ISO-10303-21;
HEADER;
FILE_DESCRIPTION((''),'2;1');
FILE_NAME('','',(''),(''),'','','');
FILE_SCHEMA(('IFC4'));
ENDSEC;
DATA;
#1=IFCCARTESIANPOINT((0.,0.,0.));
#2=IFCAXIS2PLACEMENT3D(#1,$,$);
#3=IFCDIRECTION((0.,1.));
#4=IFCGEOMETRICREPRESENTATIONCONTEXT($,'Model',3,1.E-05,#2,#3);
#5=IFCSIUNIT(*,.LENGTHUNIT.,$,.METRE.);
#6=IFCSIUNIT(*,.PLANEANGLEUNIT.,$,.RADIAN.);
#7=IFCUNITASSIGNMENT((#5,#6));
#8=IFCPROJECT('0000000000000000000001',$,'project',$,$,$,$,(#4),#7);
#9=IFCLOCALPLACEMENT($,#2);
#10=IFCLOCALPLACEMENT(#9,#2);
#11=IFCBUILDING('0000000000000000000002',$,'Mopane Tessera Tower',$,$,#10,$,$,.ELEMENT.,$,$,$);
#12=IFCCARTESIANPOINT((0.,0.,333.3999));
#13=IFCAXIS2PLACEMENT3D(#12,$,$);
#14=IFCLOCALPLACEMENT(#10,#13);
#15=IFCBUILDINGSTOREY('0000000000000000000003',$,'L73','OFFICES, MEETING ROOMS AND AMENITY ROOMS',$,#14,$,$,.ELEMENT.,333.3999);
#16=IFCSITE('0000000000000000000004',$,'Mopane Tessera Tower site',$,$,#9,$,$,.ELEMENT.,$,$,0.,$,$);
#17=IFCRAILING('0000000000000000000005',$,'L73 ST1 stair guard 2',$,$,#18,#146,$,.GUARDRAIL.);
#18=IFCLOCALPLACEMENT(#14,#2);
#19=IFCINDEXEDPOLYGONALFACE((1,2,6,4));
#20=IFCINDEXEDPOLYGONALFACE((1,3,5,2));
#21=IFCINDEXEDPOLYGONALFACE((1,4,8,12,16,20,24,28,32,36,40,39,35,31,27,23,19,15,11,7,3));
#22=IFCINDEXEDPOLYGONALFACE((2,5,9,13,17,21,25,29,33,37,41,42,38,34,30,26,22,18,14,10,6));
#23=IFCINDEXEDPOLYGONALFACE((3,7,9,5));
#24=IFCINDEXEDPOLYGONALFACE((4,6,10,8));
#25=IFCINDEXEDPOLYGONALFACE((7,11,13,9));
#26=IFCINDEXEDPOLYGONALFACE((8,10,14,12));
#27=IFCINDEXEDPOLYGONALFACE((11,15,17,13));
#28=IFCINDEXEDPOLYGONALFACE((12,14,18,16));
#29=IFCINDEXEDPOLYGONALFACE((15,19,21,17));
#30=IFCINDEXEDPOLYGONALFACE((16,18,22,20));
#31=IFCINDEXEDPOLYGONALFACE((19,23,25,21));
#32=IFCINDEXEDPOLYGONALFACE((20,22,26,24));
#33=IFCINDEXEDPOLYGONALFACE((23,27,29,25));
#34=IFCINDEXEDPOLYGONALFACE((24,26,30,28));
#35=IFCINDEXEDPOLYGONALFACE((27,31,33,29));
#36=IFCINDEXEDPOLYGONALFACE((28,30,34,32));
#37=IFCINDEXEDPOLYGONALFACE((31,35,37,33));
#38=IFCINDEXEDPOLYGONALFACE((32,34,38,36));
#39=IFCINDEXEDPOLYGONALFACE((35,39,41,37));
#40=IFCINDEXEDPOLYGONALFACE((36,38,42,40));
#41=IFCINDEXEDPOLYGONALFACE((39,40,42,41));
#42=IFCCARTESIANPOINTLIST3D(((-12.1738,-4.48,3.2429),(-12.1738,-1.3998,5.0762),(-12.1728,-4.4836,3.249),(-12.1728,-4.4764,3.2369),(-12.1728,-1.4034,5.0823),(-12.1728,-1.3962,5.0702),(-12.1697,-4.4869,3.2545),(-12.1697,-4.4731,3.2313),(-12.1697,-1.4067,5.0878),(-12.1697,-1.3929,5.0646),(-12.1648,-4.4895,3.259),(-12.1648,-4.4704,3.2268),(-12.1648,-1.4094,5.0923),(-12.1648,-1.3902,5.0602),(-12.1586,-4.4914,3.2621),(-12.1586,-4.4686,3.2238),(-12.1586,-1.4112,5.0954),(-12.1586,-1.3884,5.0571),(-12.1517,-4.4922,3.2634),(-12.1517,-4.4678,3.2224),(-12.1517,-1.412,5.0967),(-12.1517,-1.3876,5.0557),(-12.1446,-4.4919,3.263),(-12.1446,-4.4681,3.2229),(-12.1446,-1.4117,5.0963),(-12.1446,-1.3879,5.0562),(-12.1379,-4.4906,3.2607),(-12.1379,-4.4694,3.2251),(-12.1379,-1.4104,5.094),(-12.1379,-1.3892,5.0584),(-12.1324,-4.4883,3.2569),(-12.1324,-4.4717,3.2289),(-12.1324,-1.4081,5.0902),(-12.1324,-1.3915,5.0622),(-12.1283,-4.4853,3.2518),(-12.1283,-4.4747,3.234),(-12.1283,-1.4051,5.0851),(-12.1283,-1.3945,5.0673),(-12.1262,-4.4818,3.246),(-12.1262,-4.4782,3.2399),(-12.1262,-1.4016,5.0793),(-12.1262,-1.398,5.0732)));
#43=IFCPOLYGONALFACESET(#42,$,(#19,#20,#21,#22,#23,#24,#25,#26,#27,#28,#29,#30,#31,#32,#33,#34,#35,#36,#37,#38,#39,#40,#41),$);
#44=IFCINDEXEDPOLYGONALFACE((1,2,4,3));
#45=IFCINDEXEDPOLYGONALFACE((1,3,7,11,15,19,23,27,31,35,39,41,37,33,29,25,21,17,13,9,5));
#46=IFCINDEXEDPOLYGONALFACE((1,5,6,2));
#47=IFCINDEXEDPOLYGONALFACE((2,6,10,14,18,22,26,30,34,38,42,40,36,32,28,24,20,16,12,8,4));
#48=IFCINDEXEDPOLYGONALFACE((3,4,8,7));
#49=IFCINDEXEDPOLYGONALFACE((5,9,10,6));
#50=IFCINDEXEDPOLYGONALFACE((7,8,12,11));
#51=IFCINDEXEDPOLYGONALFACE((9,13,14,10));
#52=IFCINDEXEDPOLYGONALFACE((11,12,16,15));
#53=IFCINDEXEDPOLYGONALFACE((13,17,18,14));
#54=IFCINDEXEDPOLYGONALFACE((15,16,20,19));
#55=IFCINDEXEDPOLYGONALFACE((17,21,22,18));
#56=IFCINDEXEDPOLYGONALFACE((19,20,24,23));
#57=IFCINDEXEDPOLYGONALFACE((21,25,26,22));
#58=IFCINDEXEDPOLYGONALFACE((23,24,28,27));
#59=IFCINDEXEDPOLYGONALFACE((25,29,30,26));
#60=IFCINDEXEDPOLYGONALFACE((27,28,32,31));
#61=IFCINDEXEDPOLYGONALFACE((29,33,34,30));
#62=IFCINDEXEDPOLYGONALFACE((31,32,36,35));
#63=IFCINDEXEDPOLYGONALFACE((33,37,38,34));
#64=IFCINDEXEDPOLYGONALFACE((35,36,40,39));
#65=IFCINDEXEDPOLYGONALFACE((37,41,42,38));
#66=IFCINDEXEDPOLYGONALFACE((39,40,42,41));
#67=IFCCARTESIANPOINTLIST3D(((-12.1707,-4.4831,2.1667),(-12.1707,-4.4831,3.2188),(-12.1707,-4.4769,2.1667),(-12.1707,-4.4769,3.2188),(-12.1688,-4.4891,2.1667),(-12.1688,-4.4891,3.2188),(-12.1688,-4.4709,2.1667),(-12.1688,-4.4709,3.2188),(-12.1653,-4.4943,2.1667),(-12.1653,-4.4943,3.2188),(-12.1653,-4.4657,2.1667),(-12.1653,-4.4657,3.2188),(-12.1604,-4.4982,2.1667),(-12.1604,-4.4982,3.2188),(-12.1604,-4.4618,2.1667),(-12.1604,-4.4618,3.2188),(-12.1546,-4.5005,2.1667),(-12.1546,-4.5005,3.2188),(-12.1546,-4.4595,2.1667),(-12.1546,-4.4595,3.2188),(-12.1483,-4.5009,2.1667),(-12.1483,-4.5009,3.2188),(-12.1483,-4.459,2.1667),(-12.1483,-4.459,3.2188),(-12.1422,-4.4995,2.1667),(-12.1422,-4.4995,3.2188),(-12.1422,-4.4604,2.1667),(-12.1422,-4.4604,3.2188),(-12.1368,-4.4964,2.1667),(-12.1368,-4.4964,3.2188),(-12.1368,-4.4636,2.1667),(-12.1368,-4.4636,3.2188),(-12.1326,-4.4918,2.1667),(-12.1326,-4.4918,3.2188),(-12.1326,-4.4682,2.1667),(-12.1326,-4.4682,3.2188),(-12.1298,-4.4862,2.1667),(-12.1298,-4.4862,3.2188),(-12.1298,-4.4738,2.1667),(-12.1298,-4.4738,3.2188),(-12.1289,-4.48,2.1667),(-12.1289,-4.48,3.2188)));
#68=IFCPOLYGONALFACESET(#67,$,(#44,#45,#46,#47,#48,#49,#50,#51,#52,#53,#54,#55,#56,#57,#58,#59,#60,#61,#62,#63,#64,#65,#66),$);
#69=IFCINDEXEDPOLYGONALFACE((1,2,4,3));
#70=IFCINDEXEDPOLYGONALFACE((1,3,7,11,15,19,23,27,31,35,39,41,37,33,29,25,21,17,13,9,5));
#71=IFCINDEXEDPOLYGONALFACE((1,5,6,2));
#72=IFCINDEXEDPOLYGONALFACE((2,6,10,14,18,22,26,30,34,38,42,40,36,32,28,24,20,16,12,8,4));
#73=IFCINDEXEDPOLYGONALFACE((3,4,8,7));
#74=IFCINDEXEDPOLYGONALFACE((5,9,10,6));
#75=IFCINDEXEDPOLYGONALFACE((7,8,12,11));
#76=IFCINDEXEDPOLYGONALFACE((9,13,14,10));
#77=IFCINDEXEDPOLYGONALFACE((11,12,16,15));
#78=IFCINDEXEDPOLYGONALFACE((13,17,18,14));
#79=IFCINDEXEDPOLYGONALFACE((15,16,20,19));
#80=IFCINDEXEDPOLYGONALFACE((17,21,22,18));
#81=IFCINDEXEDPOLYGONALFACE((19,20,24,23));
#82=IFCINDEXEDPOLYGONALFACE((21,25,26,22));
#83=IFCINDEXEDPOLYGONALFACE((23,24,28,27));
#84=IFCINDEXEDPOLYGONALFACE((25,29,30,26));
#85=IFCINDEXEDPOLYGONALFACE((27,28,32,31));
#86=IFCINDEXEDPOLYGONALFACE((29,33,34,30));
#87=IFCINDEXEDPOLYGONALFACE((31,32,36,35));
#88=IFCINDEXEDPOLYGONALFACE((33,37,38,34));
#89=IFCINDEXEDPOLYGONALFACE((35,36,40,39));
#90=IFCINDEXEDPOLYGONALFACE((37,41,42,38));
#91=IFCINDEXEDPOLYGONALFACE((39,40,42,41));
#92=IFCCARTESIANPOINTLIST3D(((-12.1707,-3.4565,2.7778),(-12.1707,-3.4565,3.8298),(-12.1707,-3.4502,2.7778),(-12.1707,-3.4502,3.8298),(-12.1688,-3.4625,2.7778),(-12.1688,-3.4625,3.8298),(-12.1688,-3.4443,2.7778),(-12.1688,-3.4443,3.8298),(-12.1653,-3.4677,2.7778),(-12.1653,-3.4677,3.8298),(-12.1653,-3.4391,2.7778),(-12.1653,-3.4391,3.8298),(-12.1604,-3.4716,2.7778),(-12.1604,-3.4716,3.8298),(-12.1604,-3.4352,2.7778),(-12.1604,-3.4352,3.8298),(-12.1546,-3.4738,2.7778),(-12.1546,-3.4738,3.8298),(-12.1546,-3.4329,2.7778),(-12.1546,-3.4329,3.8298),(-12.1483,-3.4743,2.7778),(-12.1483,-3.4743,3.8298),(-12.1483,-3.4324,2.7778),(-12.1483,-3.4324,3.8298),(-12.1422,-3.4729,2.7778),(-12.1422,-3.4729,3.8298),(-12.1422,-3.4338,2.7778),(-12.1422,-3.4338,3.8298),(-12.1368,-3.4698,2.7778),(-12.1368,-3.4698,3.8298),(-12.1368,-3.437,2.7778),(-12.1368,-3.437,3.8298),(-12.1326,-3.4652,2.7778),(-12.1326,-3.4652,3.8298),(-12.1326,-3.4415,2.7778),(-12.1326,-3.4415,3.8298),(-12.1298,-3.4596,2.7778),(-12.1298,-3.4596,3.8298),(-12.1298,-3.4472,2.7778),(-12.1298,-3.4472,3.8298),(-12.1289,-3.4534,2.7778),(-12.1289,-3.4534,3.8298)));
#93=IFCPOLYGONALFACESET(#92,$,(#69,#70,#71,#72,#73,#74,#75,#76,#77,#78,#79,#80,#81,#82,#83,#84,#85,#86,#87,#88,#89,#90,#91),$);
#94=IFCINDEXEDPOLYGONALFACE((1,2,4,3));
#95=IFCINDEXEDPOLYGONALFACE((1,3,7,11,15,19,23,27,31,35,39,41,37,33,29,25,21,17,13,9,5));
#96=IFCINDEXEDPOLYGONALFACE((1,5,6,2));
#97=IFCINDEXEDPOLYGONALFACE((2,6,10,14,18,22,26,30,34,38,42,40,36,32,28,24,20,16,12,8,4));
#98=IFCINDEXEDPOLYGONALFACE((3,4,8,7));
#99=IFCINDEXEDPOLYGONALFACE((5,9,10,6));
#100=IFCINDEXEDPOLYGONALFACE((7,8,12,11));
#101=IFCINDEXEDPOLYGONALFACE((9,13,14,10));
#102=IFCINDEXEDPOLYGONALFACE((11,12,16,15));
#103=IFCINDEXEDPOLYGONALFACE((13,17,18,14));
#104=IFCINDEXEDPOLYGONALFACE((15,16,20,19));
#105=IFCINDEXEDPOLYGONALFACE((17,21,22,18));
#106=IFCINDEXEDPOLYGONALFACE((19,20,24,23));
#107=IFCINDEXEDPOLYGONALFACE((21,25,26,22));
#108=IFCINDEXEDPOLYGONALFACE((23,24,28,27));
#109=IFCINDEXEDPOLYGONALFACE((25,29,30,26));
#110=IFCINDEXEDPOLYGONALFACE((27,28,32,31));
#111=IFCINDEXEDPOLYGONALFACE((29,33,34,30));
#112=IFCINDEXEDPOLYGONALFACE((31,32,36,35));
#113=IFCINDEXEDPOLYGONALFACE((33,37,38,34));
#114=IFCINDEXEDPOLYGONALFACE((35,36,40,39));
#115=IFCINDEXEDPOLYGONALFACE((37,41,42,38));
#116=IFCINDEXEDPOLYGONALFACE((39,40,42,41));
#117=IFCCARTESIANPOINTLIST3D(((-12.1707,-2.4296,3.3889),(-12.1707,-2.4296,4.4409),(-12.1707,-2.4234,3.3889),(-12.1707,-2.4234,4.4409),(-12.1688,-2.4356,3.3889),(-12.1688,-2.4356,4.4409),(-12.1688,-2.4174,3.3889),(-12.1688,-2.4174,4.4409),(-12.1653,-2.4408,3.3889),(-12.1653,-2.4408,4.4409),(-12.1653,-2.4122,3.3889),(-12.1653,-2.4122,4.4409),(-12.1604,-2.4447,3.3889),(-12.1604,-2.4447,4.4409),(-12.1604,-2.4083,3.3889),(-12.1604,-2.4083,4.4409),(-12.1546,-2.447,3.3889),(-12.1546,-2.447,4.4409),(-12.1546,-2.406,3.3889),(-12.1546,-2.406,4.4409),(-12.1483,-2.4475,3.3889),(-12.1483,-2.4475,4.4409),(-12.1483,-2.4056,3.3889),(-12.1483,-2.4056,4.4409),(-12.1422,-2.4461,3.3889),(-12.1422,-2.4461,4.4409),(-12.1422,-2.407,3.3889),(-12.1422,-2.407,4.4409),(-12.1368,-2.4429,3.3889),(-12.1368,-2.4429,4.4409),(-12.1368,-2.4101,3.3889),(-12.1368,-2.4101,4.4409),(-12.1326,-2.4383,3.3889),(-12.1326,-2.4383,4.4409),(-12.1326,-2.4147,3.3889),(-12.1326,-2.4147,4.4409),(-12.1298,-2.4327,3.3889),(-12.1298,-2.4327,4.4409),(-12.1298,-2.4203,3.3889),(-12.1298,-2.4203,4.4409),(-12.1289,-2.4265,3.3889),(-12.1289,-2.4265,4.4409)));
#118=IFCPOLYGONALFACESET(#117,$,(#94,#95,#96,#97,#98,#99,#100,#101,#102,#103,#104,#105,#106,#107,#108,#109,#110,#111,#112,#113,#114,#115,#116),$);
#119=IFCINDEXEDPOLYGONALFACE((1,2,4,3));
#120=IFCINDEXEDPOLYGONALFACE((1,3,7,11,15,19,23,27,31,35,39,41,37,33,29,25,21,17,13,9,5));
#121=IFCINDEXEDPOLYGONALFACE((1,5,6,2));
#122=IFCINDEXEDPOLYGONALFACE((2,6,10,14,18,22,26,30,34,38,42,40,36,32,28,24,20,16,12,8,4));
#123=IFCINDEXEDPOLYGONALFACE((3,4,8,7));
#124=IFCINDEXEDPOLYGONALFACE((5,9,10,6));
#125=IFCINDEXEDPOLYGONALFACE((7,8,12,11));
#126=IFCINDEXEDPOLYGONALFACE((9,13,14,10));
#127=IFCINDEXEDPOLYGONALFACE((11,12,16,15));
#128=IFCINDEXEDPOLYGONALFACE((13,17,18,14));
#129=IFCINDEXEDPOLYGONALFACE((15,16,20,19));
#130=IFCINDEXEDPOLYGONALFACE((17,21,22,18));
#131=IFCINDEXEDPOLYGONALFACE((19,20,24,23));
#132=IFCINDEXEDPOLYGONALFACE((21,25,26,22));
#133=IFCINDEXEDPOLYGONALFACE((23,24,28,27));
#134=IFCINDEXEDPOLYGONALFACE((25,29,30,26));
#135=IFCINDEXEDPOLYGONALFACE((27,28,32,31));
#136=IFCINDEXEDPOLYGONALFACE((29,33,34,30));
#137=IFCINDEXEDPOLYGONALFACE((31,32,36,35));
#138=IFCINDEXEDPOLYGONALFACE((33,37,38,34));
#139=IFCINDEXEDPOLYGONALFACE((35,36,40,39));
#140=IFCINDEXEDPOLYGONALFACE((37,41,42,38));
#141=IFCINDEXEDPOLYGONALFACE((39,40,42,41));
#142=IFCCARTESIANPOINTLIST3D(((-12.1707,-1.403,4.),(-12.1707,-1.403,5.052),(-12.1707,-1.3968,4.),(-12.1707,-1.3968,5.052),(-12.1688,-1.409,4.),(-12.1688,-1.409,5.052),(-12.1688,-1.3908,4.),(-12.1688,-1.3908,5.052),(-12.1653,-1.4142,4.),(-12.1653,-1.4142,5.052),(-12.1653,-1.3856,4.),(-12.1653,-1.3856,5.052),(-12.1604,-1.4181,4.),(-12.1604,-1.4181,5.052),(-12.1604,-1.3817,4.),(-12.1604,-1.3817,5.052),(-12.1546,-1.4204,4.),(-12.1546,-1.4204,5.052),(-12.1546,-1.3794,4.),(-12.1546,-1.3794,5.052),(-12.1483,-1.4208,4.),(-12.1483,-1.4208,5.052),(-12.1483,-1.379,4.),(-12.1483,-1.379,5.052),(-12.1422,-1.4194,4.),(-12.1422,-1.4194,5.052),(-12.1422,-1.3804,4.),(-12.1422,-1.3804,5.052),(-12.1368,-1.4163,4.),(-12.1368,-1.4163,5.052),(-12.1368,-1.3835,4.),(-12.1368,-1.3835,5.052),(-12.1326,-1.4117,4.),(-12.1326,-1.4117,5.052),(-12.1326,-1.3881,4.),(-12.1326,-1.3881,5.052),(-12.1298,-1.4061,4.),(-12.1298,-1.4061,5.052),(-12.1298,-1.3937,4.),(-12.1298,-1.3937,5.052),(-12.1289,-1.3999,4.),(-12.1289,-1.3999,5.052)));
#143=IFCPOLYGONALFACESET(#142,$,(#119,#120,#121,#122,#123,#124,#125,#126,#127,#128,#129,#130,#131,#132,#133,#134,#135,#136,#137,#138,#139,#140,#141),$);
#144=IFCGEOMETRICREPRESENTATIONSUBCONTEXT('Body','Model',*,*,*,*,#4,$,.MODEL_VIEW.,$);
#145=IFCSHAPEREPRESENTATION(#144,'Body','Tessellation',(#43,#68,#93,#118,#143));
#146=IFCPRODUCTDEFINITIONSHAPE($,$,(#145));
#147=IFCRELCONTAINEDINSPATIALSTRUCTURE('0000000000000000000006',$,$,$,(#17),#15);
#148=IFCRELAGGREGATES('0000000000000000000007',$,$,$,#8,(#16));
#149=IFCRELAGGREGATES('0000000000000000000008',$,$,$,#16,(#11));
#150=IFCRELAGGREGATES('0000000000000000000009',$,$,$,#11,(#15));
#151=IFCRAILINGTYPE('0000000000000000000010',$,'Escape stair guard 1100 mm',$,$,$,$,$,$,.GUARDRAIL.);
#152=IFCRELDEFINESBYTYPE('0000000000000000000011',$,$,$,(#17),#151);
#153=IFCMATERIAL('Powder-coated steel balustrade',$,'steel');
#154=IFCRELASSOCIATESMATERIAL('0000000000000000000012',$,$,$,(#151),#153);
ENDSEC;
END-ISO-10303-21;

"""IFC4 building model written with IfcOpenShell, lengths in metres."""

from ifc_helpers import new_model, si_unit, direction, frame, origin, origin_2d, place, context, subcontext, project, spatial, circle, extrude, material, type_object, element, save


model = new_model("IFC4")

# Units and contexts
model_context = context("Model", 3, precision=1e-05, world=origin(), true_north=direction((0.0, 1.0)))
body_context = subcontext(model_context, "Body", "Model", "MODEL_VIEW")
ifc_project = project(units=[si_unit("LENGTHUNIT", "METRE"), si_unit("PLANEANGLEUNIT", "RADIAN")], contexts=[model_context])

# Site, building, storey
site_placement = place(None, origin())
site = spatial("IfcSite", under=ifc_project, at=site_placement, Name="Mopane Tessera Tower site", CompositionType="ELEMENT", RefElevation=0.0)
building_placement = place(site_placement, origin())
building = spatial("IfcBuilding", under=site, at=building_placement, Name="Mopane Tessera Tower", CompositionType="ELEMENT")
storey_placement = place(building_placement, frame((0.0, 0.0, 333.3999)))
storey = spatial("IfcBuildingStorey", under=building, at=storey_placement, Name="L73", Description="OFFICES, MEETING ROOMS AND AMENITY ROOMS", CompositionType="ELEMENT", Elevation=333.3999)

# Railing
ifc_material_1 = material(Name="Powder-coated steel balustrade", Category="steel")
railing_type_1 = type_object("IfcRailingType", Name="Escape stair guard 1100 mm", PredefinedType="GUARDRAIL", material=ifc_material_1)
railing_1_placement = place(storey_placement, frame((-12.1499, -4.48, 2.1667)))
element("IfcRailing", 1, at=railing_1_placement, inside=storey, type_object=railing_type_1, Name="L73 ST1 stair guard 2", PredefinedType="GUARDRAIL", context=body_context, shape_type="SweptSolid", body=[
    extrude(circle(Radius=0.0239, at=origin_2d()), frame((0.0, 0.0, 1.0762), z_axis=(0.0, 0.859309, 0.511458), x_axis=(-1.0, 0.0, 0.0)), (0.0, 0.0, 1.0), 3.5845),
    extrude(circle(Radius=0.021, at=origin_2d()), origin(), (0.0, 0.0, 1.0), 1.052),
    extrude(circle(Radius=0.021, at=origin_2d()), frame((0.0, 1.0266, 0.6111)), (0.0, 0.0, 1.0), 1.052),
    extrude(circle(Radius=0.021, at=origin_2d()), frame((0.0, 2.0535, 1.2222)), (0.0, 0.0, 1.0), 1.052),
    extrude(circle(Radius=0.021, at=origin_2d()), frame((0.0, 3.0801, 1.8333)), (0.0, 0.0, 1.0), 1.052),
])

save(model, "model.ifc")
